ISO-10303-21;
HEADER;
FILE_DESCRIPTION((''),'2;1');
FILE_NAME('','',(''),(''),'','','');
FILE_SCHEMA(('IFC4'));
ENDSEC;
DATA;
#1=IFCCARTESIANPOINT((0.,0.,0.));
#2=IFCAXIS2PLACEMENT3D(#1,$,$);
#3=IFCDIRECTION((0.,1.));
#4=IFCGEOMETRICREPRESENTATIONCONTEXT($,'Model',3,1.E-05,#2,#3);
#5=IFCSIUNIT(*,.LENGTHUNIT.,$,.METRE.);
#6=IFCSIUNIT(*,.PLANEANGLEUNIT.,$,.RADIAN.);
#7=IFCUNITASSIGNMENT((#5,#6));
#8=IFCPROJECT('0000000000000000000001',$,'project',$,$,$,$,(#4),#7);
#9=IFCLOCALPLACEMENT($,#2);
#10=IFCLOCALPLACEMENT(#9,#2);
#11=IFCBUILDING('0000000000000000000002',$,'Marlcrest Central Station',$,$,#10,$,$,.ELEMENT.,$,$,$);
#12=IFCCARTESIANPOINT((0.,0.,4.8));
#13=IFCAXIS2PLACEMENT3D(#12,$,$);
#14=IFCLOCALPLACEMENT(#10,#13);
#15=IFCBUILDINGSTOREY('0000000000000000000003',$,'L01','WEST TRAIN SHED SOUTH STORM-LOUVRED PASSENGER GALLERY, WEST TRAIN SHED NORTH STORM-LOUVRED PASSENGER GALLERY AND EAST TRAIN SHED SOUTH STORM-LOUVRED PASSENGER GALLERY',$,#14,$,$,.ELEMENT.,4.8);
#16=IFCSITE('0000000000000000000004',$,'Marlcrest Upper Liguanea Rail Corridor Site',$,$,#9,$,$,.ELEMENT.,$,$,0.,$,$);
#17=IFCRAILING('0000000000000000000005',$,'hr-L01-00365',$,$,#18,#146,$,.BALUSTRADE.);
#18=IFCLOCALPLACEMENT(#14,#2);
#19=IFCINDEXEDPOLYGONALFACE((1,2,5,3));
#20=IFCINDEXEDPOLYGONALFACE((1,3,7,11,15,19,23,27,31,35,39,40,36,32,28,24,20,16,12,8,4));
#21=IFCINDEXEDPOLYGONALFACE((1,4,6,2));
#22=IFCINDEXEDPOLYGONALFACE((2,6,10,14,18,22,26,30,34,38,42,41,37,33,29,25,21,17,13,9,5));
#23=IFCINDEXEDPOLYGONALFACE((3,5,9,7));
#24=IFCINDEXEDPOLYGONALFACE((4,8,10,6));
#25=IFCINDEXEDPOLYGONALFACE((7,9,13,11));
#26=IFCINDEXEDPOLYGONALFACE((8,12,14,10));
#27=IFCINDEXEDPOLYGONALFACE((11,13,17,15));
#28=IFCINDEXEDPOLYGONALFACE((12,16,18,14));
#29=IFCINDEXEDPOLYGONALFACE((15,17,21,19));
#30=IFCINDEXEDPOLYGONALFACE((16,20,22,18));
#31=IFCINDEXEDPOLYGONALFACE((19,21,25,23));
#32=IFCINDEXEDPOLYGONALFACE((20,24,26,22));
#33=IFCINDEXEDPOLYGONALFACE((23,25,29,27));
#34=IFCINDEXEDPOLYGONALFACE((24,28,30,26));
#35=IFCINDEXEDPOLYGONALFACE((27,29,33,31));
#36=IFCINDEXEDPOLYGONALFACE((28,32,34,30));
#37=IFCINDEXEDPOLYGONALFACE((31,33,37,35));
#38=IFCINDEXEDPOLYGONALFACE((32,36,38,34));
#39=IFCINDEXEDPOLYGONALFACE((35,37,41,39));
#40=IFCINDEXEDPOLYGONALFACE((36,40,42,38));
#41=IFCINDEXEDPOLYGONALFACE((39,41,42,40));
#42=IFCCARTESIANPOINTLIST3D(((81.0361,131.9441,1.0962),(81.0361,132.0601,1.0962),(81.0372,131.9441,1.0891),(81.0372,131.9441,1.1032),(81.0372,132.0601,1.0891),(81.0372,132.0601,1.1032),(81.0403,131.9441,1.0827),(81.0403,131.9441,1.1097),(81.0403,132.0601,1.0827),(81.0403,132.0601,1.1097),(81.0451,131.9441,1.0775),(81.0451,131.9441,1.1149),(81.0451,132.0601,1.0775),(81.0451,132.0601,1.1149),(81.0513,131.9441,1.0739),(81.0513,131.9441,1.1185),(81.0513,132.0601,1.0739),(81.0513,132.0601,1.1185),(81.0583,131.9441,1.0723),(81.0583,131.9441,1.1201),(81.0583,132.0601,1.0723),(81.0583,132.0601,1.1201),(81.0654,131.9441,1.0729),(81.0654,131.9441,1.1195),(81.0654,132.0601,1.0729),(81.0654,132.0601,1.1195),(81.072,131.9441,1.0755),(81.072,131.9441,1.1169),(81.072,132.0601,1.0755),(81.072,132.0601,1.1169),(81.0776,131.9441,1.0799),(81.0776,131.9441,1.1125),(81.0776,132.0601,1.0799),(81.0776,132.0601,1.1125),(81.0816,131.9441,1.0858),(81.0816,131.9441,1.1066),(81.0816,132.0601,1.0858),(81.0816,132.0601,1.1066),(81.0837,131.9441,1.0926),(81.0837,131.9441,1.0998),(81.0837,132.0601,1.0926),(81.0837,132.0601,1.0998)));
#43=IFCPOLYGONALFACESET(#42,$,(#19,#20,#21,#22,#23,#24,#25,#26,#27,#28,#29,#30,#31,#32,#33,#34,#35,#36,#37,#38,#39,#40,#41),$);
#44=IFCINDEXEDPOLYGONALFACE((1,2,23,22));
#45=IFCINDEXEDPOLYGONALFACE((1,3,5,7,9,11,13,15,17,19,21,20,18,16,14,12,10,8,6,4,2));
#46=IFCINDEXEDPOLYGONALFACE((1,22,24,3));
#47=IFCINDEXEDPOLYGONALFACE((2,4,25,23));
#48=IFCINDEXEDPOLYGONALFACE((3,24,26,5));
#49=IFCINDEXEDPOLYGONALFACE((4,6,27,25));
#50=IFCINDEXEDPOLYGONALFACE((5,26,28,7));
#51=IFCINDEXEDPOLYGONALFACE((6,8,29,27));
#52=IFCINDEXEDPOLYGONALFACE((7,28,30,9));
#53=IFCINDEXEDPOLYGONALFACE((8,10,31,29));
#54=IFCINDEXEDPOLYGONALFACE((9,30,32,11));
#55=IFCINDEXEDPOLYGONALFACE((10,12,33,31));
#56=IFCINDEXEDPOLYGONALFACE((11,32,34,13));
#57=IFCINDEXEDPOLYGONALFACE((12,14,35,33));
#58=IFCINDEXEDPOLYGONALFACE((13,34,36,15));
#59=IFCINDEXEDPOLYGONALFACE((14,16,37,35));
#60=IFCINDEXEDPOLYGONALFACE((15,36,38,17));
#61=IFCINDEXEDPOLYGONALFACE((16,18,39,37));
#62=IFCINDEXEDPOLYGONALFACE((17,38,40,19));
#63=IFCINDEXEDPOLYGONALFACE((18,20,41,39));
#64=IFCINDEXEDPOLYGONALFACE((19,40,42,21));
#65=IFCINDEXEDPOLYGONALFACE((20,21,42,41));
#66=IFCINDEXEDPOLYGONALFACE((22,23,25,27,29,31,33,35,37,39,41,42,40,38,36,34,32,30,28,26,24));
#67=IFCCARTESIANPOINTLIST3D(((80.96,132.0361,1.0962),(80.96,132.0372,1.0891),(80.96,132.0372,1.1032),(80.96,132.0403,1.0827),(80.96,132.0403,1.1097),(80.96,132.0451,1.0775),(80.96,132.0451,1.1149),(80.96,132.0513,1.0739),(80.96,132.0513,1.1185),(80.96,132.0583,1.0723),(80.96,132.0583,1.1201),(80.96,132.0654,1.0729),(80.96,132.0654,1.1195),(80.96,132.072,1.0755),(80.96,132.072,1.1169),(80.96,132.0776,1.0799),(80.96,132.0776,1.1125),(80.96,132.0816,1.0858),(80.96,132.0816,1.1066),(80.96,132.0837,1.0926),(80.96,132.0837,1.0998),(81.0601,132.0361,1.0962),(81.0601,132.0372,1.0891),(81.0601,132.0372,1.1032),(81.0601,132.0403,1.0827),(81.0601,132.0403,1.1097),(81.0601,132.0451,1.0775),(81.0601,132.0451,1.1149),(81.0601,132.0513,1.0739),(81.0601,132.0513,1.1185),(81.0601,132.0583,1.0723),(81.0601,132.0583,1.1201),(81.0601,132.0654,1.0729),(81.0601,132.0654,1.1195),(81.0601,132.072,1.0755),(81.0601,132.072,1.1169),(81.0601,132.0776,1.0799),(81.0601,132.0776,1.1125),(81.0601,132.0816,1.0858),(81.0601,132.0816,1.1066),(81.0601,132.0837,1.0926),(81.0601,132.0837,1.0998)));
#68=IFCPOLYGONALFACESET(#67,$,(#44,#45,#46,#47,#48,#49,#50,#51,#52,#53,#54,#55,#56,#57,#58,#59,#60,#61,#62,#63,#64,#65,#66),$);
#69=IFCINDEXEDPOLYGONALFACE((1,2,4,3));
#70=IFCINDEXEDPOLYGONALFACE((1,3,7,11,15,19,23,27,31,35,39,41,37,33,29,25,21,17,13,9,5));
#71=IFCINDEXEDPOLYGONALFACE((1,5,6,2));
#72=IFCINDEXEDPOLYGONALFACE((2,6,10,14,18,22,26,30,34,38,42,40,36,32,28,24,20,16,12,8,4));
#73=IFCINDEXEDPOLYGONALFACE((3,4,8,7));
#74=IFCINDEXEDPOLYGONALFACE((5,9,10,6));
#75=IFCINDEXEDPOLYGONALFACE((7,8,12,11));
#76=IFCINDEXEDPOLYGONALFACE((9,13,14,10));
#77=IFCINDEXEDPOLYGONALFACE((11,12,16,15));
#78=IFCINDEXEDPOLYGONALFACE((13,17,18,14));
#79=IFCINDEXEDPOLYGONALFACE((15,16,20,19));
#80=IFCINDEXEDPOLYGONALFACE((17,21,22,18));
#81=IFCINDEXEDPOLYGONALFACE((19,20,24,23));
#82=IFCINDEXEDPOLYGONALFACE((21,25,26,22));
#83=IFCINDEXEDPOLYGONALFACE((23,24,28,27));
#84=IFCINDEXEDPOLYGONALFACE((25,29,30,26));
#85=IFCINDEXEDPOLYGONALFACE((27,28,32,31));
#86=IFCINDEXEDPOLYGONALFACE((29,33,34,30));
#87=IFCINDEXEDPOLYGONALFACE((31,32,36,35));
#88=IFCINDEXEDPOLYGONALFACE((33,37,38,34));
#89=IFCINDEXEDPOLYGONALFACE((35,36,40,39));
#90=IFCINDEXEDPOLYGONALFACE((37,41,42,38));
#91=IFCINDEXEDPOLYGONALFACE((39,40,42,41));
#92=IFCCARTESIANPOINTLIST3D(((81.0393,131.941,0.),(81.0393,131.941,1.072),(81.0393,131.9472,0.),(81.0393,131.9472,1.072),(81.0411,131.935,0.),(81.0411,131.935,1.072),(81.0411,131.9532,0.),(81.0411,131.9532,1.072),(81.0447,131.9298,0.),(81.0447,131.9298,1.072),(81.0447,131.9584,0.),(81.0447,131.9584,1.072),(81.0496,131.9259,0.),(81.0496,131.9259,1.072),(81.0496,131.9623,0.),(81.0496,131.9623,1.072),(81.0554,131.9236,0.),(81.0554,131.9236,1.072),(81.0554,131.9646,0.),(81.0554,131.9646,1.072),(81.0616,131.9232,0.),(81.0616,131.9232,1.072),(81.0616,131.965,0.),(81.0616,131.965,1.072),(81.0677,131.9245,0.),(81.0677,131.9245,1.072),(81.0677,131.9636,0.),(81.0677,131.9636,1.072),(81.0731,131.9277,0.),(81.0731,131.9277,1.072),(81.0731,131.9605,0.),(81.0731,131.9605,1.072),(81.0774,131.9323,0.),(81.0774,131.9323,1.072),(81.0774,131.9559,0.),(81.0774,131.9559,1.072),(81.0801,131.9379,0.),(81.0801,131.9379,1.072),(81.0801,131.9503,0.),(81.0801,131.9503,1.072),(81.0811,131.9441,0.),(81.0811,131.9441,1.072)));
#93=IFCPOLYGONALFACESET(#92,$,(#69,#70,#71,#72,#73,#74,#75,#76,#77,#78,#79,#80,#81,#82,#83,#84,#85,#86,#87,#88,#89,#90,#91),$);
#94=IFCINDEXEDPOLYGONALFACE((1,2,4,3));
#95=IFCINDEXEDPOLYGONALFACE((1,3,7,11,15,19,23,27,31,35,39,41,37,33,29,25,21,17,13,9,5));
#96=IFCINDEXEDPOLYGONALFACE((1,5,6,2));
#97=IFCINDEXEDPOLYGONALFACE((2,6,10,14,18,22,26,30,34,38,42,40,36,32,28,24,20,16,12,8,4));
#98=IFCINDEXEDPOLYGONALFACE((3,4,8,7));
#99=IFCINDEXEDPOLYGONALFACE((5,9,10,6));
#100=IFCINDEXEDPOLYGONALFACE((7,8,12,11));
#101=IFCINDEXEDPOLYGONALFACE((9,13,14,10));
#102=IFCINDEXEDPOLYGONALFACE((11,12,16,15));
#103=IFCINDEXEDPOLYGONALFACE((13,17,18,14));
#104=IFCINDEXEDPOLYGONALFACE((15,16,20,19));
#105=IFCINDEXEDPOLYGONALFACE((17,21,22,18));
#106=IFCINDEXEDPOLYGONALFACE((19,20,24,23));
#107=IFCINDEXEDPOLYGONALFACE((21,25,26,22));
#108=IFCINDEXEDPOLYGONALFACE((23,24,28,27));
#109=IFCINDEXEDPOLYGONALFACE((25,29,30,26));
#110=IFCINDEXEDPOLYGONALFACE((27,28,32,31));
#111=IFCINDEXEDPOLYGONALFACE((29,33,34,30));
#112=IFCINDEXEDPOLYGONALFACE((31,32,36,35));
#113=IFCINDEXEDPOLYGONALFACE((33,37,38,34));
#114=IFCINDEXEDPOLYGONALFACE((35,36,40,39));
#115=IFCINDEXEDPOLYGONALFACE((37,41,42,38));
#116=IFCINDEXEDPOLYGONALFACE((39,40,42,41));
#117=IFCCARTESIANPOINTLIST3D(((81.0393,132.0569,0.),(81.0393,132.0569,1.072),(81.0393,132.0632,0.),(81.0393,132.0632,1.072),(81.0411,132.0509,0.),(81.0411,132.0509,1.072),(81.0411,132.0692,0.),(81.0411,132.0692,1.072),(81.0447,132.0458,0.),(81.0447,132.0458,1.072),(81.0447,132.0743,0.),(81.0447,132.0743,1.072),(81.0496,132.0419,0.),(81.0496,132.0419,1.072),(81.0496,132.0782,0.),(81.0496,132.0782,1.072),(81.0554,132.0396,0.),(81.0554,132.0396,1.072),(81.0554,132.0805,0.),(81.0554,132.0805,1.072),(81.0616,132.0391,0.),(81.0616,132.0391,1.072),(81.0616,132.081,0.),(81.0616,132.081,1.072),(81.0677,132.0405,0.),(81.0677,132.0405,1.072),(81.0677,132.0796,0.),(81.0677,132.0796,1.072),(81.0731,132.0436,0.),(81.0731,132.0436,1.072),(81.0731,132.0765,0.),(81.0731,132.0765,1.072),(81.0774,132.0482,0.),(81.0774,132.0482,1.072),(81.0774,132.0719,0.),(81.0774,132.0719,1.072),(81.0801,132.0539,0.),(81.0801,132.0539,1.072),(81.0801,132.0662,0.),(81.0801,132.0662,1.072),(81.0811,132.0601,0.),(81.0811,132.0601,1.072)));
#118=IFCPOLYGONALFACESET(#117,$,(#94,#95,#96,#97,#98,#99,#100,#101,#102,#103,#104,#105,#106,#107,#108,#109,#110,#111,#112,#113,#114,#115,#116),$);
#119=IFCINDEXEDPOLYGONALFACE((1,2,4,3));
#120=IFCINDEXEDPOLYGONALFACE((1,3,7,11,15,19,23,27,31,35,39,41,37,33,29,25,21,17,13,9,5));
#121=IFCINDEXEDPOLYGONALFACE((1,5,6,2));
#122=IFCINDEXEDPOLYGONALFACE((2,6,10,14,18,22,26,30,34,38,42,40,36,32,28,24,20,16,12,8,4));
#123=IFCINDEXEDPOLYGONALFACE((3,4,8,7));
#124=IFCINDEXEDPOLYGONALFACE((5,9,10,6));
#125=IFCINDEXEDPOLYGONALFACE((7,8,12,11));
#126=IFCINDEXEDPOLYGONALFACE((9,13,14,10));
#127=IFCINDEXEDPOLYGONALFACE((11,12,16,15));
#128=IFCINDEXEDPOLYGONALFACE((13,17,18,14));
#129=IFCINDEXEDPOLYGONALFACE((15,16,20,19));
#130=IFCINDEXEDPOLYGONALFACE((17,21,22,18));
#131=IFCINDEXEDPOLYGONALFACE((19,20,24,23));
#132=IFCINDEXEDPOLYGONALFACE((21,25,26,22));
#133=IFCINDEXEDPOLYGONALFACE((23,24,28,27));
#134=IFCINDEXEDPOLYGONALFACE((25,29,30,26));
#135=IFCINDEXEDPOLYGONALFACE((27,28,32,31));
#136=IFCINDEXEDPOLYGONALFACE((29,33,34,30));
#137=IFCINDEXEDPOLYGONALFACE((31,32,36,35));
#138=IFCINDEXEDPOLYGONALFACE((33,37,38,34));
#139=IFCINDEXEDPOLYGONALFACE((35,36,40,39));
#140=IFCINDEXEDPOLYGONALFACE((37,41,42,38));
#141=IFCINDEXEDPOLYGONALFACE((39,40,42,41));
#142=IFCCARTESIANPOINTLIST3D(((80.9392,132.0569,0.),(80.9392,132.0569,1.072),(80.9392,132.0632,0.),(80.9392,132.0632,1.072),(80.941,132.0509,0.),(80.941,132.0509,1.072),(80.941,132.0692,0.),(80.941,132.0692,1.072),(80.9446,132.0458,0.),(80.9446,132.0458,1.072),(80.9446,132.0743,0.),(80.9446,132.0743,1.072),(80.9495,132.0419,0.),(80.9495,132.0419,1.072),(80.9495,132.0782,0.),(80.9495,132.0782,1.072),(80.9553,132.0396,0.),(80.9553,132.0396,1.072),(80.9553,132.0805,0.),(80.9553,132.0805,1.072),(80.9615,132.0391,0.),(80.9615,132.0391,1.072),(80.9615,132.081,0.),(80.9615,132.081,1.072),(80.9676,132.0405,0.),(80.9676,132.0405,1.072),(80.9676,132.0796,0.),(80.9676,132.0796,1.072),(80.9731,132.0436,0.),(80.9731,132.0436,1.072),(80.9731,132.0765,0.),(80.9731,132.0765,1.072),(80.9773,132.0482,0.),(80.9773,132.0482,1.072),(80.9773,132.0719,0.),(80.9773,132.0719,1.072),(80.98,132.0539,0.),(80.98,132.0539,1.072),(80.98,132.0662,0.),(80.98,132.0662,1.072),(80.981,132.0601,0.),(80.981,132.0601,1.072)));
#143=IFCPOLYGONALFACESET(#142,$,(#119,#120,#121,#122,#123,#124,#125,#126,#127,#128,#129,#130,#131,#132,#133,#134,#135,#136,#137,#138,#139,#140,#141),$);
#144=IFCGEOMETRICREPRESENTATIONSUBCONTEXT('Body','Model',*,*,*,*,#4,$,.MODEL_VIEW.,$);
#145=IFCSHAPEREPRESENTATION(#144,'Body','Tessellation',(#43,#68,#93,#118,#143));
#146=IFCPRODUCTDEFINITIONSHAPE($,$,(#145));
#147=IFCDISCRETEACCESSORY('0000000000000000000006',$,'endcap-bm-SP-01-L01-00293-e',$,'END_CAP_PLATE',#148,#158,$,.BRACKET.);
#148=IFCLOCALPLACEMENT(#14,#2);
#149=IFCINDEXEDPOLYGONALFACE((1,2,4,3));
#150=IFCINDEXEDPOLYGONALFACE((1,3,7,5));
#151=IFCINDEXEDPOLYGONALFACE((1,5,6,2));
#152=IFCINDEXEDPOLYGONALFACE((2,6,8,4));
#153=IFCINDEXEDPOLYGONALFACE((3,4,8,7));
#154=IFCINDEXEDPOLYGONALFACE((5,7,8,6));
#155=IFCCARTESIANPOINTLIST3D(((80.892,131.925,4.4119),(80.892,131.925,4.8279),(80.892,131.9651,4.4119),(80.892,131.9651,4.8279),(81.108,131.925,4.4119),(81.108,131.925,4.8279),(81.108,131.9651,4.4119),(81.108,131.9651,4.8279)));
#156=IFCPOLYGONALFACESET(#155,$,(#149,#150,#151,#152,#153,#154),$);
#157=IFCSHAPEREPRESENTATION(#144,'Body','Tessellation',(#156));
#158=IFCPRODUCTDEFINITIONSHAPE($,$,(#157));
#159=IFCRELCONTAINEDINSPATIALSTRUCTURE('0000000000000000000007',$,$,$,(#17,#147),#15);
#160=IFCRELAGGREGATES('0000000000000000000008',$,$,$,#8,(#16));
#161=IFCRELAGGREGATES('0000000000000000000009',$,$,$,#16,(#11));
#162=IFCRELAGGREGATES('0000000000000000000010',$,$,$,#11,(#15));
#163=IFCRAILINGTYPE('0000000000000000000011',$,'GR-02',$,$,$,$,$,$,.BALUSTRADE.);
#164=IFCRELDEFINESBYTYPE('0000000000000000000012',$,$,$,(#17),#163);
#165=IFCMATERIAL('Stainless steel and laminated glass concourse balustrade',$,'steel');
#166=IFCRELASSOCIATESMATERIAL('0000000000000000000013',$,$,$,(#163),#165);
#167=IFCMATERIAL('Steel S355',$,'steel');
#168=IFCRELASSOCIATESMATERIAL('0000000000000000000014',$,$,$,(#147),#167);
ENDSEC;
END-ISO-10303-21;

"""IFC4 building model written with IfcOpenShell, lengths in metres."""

from ifc_helpers import new_model, si_unit, direction, frame, origin, origin_2d, place, context, subcontext, project, spatial, rectangle, circle, extrude, material, type_object, element, save


model = new_model("IFC4")

# Units and contexts
model_context = context("Model", 3, precision=1e-05, world=origin(), true_north=direction((0.0, 1.0)))
body_context = subcontext(model_context, "Body", "Model", "MODEL_VIEW")
ifc_project = project(units=[si_unit("LENGTHUNIT", "METRE"), si_unit("PLANEANGLEUNIT", "RADIAN")], contexts=[model_context])

# Site, building, storey
site_placement = place(None, origin())
site = spatial("IfcSite", under=ifc_project, at=site_placement, Name="Marlcrest Upper Liguanea Rail Corridor Site", CompositionType="ELEMENT", RefElevation=0.0)
building_placement = place(site_placement, origin())
building = spatial("IfcBuilding", under=site, at=building_placement, Name="Marlcrest Central Station", CompositionType="ELEMENT")
storey_placement = place(building_placement, frame((0.0, 0.0, 4.8)))
storey = spatial("IfcBuildingStorey", under=building, at=storey_placement, Name="L01", Description="WEST TRAIN SHED SOUTH STORM-LOUVRED PASSENGER GALLERY, WEST TRAIN SHED NORTH STORM-LOUVRED PASSENGER GALLERY AND EAST TRAIN SHED SOUTH STORM-LOUVRED PASSENGER GALLERY", CompositionType="ELEMENT", Elevation=4.8)

# Railing
ifc_material_1 = material(Name="Stainless steel and laminated glass concourse balustrade", Category="steel")
railing_type = type_object("IfcRailingType", Name="GR-02", PredefinedType="BALUSTRADE", material=ifc_material_1)
railing_1_placement = place(storey_placement, frame((81.0601, 131.9441, 0.0)))
element("IfcRailing", 1, at=railing_1_placement, inside=storey, type_object=railing_type, Name="hr-L01-00365", PredefinedType="BALUSTRADE", context=body_context, shape_type="SweptSolid", body=[
    extrude(circle(Radius=0.0239, at=origin_2d()), frame((0.0, 0.0, 1.0962), z_axis=(0.0, 1.0, 0.0), x_axis=(-1.0, 0.0, 0.0)), (0.0, 0.0, 1.0), 0.116),
    extrude(circle(Radius=0.0239, at=origin_2d()), frame((0.0, 0.116, 1.0962), z_axis=(-1.0, 0.0, 0.0), x_axis=(0.0, -1.0, 0.0)), (0.0, 0.0, 1.0), 0.1001),
    extrude(circle(Radius=0.021, at=origin_2d()), origin(), (0.0, 0.0, 1.0), 1.072),
    extrude(circle(Radius=0.021, at=origin_2d()), frame((0.0, 0.116, 0.0)), (0.0, 0.0, 1.0), 1.072),
    extrude(circle(Radius=0.021, at=origin_2d()), frame((-0.1001, 0.116, 0.0)), (0.0, 0.0, 1.0), 1.072),
])

# Discrete accessory
ifc_material_2 = material(Name="Steel S355", Category="steel")
discrete_accessory_placement = place(storey_placement, frame((81.0, 131.925, 4.6199), z_axis=(0.0, 1.0, 0.0), x_axis=(-1.0, 0.0, 0.0)))
element("IfcDiscreteAccessory", 2, at=discrete_accessory_placement, inside=storey, material=ifc_material_2, Name="endcap-bm-SP-01-L01-00293-e", ObjectType="END_CAP_PLATE", PredefinedType="BRACKET", context=body_context, shape_type="SweptSolid", body=[
    extrude(rectangle(XDim=0.2161, YDim=0.416, at=origin_2d()), origin(), (0.0, 0.0, 1.0), 0.04),
])

save(model, "model.ifc")
